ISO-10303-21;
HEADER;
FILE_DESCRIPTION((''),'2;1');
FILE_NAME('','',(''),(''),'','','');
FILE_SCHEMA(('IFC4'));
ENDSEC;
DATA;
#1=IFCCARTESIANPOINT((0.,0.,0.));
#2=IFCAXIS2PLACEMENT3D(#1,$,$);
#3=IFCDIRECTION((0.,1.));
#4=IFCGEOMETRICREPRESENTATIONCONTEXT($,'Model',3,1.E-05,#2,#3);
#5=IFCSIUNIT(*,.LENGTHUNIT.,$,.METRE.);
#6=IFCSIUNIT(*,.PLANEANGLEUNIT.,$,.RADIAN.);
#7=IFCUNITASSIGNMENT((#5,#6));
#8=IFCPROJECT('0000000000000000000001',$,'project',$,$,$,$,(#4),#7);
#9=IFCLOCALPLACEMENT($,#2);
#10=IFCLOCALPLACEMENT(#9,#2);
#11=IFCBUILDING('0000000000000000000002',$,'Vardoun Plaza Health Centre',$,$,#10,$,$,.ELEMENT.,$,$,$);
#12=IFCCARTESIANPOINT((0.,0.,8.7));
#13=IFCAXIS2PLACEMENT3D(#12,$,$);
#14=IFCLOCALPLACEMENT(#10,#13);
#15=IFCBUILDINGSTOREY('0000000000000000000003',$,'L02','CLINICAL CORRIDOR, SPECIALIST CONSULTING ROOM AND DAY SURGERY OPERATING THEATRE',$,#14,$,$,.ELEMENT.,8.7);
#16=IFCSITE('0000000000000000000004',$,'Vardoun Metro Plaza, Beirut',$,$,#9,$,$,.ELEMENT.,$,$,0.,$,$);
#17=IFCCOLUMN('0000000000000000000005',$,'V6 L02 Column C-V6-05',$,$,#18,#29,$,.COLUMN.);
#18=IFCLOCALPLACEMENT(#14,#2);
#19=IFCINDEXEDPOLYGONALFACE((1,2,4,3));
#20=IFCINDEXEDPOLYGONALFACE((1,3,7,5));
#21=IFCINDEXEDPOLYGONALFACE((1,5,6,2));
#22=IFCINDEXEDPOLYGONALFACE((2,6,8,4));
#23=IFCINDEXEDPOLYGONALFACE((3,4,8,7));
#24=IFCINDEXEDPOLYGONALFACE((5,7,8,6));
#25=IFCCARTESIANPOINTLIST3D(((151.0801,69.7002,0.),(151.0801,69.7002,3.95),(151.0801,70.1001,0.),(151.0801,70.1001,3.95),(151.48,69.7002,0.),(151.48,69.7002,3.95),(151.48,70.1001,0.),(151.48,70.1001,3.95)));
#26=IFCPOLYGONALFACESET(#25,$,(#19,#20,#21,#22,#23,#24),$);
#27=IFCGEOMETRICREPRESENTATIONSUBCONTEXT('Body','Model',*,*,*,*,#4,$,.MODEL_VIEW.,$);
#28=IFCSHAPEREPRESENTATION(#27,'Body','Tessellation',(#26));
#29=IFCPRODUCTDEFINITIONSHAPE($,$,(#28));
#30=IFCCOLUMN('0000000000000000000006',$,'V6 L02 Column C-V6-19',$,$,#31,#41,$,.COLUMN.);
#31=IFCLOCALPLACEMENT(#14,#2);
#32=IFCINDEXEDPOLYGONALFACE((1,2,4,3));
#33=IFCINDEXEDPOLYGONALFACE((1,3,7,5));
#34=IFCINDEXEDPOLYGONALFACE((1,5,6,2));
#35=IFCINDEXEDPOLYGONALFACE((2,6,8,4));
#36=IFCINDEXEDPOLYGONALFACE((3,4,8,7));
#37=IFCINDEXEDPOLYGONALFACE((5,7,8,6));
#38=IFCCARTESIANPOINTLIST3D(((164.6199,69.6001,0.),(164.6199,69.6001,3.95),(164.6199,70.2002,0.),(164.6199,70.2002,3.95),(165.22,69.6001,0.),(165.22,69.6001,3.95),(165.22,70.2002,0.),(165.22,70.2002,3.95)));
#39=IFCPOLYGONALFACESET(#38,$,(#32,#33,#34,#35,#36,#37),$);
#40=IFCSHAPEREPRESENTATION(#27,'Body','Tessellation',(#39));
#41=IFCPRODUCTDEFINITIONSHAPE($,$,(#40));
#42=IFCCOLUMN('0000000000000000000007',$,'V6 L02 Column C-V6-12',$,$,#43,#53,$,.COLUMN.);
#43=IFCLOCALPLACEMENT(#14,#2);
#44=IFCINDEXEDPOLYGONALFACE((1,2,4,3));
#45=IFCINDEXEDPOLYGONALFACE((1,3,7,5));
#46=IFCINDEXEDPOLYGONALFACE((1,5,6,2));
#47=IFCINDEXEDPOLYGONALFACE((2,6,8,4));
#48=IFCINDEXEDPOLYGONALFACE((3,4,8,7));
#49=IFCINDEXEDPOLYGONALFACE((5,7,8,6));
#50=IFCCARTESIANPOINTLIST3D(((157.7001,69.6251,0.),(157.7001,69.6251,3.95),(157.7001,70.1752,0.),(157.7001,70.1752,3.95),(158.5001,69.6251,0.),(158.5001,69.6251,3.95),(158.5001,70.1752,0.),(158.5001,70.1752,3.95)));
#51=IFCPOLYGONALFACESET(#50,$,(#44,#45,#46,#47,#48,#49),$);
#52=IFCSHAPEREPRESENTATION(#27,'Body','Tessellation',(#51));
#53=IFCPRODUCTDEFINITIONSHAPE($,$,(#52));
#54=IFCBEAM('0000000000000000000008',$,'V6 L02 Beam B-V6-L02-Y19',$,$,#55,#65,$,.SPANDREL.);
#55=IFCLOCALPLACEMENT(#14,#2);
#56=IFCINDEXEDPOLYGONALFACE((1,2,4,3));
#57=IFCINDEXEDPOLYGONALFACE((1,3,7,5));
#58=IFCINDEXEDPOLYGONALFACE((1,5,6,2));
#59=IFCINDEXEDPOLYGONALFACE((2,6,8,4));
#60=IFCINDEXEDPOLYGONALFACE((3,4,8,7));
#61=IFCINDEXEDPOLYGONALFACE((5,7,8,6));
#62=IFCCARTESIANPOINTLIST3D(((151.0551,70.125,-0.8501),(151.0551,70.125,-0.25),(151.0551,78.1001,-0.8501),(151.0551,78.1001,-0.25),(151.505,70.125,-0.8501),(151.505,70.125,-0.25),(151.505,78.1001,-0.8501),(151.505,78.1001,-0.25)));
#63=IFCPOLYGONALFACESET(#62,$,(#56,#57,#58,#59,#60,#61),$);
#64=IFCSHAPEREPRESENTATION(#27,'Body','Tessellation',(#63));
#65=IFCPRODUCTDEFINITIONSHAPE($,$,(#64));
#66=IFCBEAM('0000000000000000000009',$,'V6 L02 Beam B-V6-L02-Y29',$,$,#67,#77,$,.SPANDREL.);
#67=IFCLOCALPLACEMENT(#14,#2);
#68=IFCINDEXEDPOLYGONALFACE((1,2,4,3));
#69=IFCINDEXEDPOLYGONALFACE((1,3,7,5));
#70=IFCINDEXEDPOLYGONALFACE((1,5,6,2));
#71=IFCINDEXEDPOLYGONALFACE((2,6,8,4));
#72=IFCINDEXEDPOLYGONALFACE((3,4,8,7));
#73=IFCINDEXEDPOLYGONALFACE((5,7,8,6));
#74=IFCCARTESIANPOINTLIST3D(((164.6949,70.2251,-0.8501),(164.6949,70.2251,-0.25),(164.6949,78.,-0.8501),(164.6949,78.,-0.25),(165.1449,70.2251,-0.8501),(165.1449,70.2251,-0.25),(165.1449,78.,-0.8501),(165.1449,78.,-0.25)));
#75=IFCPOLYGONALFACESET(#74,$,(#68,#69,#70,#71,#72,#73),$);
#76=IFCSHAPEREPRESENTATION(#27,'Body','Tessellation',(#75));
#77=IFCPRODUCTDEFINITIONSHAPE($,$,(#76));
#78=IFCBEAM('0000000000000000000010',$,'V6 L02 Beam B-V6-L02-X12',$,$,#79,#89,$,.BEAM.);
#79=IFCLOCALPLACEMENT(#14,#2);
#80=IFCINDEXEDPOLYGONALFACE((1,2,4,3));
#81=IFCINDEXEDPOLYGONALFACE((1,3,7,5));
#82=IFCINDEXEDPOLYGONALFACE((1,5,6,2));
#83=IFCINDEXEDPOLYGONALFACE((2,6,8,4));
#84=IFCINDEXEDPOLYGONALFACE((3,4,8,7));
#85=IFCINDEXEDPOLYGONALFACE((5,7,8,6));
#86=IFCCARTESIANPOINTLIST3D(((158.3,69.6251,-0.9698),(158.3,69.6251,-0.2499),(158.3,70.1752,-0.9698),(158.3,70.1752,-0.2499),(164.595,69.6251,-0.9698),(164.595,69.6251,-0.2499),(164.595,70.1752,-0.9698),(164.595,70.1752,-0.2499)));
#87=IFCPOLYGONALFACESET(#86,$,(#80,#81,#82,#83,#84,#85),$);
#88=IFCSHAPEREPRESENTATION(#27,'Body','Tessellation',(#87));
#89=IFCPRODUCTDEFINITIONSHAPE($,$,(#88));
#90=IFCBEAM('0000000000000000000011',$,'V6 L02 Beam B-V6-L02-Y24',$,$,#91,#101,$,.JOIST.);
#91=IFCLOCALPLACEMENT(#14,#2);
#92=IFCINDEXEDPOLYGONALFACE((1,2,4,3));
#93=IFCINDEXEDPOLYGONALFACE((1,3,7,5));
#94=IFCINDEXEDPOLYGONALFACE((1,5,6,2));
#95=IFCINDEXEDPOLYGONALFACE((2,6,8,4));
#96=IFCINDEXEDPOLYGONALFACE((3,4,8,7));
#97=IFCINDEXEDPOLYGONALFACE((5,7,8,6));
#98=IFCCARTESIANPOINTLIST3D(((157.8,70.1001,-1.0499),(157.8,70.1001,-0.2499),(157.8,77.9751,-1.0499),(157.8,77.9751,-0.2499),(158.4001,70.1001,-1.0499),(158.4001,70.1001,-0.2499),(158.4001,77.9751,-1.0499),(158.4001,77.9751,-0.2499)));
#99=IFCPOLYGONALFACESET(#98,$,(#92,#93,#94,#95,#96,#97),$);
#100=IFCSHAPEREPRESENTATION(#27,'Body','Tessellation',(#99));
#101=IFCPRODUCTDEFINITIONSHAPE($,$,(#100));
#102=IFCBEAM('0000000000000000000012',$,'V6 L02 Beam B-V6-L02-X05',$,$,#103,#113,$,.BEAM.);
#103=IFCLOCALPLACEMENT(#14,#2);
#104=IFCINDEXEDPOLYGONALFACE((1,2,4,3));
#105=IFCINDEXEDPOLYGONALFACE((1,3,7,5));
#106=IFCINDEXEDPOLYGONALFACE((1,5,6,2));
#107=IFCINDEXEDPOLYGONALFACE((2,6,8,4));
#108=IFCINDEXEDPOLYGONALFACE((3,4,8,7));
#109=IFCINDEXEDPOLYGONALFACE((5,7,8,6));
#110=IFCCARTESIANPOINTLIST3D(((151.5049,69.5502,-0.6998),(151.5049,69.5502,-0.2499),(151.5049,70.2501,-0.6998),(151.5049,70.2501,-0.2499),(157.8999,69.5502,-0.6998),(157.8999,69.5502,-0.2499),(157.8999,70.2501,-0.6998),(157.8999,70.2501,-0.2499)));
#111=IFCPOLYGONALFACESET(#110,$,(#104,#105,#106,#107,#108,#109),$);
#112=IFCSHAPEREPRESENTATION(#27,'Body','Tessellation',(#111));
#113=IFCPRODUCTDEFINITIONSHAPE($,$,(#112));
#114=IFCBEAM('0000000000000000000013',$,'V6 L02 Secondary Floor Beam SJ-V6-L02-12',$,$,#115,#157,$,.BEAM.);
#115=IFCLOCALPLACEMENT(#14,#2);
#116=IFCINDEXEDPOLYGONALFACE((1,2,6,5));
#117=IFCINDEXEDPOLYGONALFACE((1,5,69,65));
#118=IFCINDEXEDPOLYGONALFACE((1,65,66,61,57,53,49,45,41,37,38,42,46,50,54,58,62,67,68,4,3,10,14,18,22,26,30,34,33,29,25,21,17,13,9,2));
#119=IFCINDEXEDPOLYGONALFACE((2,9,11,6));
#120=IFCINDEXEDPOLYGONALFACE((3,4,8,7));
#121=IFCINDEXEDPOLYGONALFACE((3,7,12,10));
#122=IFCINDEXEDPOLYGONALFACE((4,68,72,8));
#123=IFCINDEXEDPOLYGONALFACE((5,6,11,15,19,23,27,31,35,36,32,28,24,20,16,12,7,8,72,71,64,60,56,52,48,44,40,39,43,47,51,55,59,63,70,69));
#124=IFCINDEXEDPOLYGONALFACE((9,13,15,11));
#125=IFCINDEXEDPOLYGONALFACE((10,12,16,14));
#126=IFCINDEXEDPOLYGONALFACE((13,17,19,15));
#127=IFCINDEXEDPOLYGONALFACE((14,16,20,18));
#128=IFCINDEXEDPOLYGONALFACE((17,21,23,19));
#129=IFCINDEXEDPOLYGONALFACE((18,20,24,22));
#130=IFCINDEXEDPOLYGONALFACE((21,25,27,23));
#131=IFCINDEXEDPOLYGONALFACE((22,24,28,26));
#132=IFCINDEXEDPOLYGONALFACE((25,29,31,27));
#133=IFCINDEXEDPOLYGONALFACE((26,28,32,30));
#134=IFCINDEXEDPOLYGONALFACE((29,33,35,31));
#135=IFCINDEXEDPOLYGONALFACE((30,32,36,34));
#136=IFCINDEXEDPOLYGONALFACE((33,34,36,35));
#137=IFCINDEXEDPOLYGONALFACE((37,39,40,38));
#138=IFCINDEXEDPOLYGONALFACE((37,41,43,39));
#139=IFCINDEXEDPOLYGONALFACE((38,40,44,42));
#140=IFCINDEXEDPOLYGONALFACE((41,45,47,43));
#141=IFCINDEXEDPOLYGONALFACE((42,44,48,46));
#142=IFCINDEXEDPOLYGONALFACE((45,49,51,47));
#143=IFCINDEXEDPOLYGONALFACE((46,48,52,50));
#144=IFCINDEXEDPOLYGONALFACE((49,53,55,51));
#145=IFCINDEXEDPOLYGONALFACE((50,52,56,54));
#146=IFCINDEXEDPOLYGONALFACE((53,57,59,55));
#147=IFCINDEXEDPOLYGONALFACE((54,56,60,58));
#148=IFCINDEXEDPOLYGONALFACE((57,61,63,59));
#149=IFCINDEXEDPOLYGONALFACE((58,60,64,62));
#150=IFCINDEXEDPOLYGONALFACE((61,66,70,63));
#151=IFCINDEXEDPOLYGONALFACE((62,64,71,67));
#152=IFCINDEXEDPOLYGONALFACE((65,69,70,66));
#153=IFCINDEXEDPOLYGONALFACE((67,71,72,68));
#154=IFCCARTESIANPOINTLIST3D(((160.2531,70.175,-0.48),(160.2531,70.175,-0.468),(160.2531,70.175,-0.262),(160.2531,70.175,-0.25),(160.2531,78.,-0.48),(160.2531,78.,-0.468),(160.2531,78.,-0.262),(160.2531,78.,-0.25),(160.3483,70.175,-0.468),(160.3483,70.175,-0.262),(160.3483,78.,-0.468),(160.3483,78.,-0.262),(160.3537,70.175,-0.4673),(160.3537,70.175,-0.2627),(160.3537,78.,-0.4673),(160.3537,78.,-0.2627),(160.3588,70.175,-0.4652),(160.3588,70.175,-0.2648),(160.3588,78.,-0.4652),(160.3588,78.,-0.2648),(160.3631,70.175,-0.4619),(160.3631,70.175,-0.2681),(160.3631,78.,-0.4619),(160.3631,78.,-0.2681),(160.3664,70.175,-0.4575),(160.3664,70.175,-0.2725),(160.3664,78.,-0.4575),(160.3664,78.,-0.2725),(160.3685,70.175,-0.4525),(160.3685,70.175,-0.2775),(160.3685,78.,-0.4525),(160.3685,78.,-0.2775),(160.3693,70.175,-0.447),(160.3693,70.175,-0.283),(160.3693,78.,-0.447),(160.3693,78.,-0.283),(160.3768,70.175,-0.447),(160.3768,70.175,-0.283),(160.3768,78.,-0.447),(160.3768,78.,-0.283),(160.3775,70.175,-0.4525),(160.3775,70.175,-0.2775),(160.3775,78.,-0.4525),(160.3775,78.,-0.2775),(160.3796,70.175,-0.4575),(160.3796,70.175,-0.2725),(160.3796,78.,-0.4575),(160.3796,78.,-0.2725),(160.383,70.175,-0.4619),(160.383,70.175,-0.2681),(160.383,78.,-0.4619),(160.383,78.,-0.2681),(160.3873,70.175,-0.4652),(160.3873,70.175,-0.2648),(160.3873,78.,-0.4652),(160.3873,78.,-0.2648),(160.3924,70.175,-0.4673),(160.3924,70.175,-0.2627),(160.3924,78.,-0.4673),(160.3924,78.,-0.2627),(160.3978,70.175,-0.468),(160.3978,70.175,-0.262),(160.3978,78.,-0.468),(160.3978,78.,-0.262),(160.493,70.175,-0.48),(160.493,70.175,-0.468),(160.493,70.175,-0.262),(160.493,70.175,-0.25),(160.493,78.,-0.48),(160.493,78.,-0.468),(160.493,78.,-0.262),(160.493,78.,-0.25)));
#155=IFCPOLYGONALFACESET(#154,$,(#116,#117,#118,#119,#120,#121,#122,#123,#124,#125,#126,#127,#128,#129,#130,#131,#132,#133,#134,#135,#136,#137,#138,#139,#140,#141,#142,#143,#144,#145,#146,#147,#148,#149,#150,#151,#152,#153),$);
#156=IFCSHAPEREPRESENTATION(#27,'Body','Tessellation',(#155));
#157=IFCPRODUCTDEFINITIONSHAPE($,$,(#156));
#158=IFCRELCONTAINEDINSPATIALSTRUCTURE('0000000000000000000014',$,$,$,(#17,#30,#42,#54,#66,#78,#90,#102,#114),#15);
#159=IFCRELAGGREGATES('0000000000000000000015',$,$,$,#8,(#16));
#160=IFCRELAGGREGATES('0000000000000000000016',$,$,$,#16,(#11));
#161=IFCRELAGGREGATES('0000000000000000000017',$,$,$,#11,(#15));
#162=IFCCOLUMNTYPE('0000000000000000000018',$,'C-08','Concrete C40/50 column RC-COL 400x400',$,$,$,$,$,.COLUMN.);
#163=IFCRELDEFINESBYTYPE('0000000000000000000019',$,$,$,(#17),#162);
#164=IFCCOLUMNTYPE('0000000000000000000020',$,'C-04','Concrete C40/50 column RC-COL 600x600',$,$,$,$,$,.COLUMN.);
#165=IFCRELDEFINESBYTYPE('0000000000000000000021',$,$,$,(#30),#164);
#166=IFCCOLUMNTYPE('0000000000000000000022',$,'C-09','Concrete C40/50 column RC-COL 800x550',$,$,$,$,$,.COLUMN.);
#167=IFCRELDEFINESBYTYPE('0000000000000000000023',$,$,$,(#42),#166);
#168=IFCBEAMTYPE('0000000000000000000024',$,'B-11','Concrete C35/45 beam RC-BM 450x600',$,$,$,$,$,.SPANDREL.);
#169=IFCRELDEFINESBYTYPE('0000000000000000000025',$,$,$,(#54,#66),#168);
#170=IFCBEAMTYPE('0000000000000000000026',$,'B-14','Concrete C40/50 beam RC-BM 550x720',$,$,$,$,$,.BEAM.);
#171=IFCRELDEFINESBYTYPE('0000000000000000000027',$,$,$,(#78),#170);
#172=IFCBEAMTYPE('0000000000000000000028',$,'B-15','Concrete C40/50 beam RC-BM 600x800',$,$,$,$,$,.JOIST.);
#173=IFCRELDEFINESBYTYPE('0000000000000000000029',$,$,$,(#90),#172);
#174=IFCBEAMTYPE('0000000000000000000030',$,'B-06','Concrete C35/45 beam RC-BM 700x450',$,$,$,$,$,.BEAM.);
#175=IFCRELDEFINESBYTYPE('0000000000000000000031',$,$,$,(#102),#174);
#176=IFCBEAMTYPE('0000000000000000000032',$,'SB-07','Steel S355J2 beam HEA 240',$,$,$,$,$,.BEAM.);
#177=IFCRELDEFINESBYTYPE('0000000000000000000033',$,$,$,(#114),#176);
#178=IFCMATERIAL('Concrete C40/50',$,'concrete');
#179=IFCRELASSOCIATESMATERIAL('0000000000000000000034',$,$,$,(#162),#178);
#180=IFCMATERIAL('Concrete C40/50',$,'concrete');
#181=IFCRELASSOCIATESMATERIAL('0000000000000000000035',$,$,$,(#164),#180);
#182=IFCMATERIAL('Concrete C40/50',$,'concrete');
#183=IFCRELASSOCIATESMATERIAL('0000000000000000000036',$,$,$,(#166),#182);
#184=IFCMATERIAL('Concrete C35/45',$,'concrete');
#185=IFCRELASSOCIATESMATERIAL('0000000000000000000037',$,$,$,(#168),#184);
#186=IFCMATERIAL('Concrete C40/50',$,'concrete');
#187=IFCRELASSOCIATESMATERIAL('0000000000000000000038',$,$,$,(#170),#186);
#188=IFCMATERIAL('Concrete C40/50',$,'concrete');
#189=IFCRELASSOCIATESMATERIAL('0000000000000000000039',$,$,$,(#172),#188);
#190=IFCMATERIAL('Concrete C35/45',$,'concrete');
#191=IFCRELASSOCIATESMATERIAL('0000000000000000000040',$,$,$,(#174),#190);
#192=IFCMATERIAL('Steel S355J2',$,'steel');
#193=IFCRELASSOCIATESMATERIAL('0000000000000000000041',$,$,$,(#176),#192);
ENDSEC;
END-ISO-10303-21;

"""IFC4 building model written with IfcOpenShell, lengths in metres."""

from ifc_helpers import new_model, si_unit, direction, frame, origin, origin_2d, place, context, subcontext, project, spatial, rectangle, i_section, extrude, material, material_profile, profile_set, type_object, element, save


model = new_model("IFC4")

# Units and contexts
model_context = context("Model", 3, precision=1e-05, world=origin(), true_north=direction((0.0, 1.0)))
body_context = subcontext(model_context, "Body", "Model", "MODEL_VIEW")
ifc_project = project(units=[si_unit("LENGTHUNIT", "METRE"), si_unit("PLANEANGLEUNIT", "RADIAN")], contexts=[model_context])

# Site, building, storey
site_placement = place(None, origin())
site = spatial("IfcSite", under=ifc_project, at=site_placement, Name="Vardoun Metro Plaza, Beirut", CompositionType="ELEMENT", RefElevation=0.0)
building_placement = place(site_placement, origin())
building = spatial("IfcBuilding", under=site, at=building_placement, Name="Vardoun Plaza Health Centre", CompositionType="ELEMENT")
storey_placement = place(building_placement, frame((0.0, 0.0, 8.7)))
storey = spatial("IfcBuildingStorey", under=building, at=storey_placement, Name="L02", Description="CLINICAL CORRIDOR, SPECIALIST CONSULTING ROOM AND DAY SURGERY OPERATING THEATRE", CompositionType="ELEMENT", Elevation=8.7)

# Columns
ifc_material_1 = material(Name="Concrete C40/50", Category="concrete")
ifc_material_profile_1 = material_profile(ifc_material_1, rectangle(XDim=0.3999, YDim=0.3999, at=origin_2d()), Name="RC-COL 400x400")
ifc_profile_set_1 = profile_set([ifc_material_profile_1], Name="Concrete C40/50")
column_type_1 = type_object("IfcColumnType", Name="C-08", Description="Concrete C40/50 column RC-COL 400x400", PredefinedType="COLUMN", material=ifc_profile_set_1)
column_1_placement = place(storey_placement, frame((151.28, 69.9001, 0.0), z_axis=(0.0, 0.0, 1.0), x_axis=(1.0, 0.0, 0.0)))
element("IfcColumn", 1, at=column_1_placement, inside=storey, type_object=column_type_1, Name="V6 L02 Column C-V6-05", PredefinedType="COLUMN", context=body_context, shape_type="SweptSolid", body=[
    extrude(rectangle(XDim=0.3999, YDim=0.3999, at=origin_2d()), origin(), (0.0, 0.0, 1.0), 3.95),
])
ifc_material_2 = material(Name="Concrete C40/50", Category="concrete")
ifc_material_profile_2 = material_profile(ifc_material_2, rectangle(XDim=0.6001, YDim=0.6001, at=origin_2d()), Name="RC-COL 600x600")
ifc_profile_set_2 = profile_set([ifc_material_profile_2], Name="Concrete C40/50")
column_type_2 = type_object("IfcColumnType", Name="C-04", Description="Concrete C40/50 column RC-COL 600x600", PredefinedType="COLUMN", material=ifc_profile_set_2)
column_2_placement = place(storey_placement, frame((164.9199, 69.9001, 0.0), z_axis=(0.0, 0.0, 1.0), x_axis=(1.0, 0.0, 0.0)))
element("IfcColumn", 2, at=column_2_placement, inside=storey, type_object=column_type_2, Name="V6 L02 Column C-V6-19", PredefinedType="COLUMN", context=body_context, shape_type="SweptSolid", body=[
    extrude(rectangle(XDim=0.6001, YDim=0.6001, at=origin_2d()), origin(), (0.0, 0.0, 1.0), 3.95),
])
ifc_material_3 = material(Name="Concrete C40/50", Category="concrete")
ifc_material_profile_3 = material_profile(ifc_material_3, rectangle(XDim=0.8, YDim=0.55, at=origin_2d()), Name="RC-COL 800x550")
ifc_profile_set_3 = profile_set([ifc_material_profile_3], Name="Concrete C40/50")
column_type_3 = type_object("IfcColumnType", Name="C-09", Description="Concrete C40/50 column RC-COL 800x550", PredefinedType="COLUMN", material=ifc_profile_set_3)
column_3_placement = place(storey_placement, frame((158.1001, 69.9001, 0.0), z_axis=(0.0, 0.0, 1.0), x_axis=(1.0, 0.0, 0.0)))
element("IfcColumn", 3, at=column_3_placement, inside=storey, type_object=column_type_3, Name="V6 L02 Column C-V6-12", PredefinedType="COLUMN", context=body_context, shape_type="SweptSolid", body=[
    extrude(rectangle(XDim=0.8, YDim=0.55, at=origin_2d()), origin(), (0.0, 0.0, 1.0), 3.95),
])

# Beams
ifc_material_4 = material(Name="Concrete C35/45", Category="concrete")
ifc_material_profile_4 = material_profile(ifc_material_4, rectangle(XDim=0.45, YDim=0.6001, at=origin_2d()), Name="RC-BM 450x600")
ifc_profile_set_4 = profile_set([ifc_material_profile_4], Name="Concrete C35/45")
beam_type_1 = type_object("IfcBeamType", Name="B-11", Description="Concrete C35/45 beam RC-BM 450x600", PredefinedType="SPANDREL", material=ifc_profile_set_4)
beam_1_placement = place(storey_placement, frame((151.28, 70.125, -0.55), z_axis=(0.0, 1.0, 0.0), x_axis=(-1.0, 0.0, 0.0)))
element("IfcBeam", 4, at=beam_1_placement, inside=storey, type_object=beam_type_1, Name="V6 L02 Beam B-V6-L02-Y19", PredefinedType="SPANDREL", context=body_context, shape_type="SweptSolid", body=[
    extrude(rectangle(XDim=0.45, YDim=0.6001, at=origin_2d()), origin(), (0.0, 0.0, 1.0), 7.9751),
])
beam_2_placement = place(storey_placement, frame((164.9199, 70.2251, -0.55), z_axis=(0.0, 1.0, 0.0), x_axis=(-1.0, 0.0, 0.0)))
element("IfcBeam", 5, at=beam_2_placement, inside=storey, type_object=beam_type_1, Name="V6 L02 Beam B-V6-L02-Y29", PredefinedType="SPANDREL", context=body_context, shape_type="SweptSolid", body=[
    extrude(rectangle(XDim=0.45, YDim=0.6001, at=origin_2d()), origin(), (0.0, 0.0, 1.0), 7.7749),
])
ifc_material_5 = material(Name="Concrete C40/50", Category="concrete")
ifc_material_profile_5 = material_profile(ifc_material_5, rectangle(XDim=0.55, YDim=0.72, at=origin_2d()), Name="RC-BM 550x720")
ifc_profile_set_5 = profile_set([ifc_material_profile_5], Name="Concrete C40/50")
beam_type_2 = type_object("IfcBeamType", Name="B-14", Description="Concrete C40/50 beam RC-BM 550x720", PredefinedType="BEAM", material=ifc_profile_set_5)
beam_3_placement = place(storey_placement, frame((158.3, 69.9001, -0.6099), z_axis=(1.0, 0.0, 0.0), x_axis=(0.0, 1.0, 0.0)))
element("IfcBeam", 6, at=beam_3_placement, inside=storey, type_object=beam_type_2, Name="V6 L02 Beam B-V6-L02-X12", PredefinedType="BEAM", context=body_context, shape_type="SweptSolid", body=[
    extrude(rectangle(XDim=0.55, YDim=0.72, at=origin_2d()), origin(), (0.0, 0.0, 1.0), 6.2949),
])
ifc_material_6 = material(Name="Concrete C40/50", Category="concrete")
ifc_material_profile_6 = material_profile(ifc_material_6, rectangle(XDim=0.6001, YDim=0.8, at=origin_2d()), Name="RC-BM 600x800")
ifc_profile_set_6 = profile_set([ifc_material_profile_6], Name="Concrete C40/50")
beam_type_3 = type_object("IfcBeamType", Name="B-15", Description="Concrete C40/50 beam RC-BM 600x800", PredefinedType="JOIST", material=ifc_profile_set_6)
beam_4_placement = place(storey_placement, frame((158.1001, 70.1001, -0.6499), z_axis=(0.0, 1.0, 0.0), x_axis=(-1.0, 0.0, 0.0)))
element("IfcBeam", 7, at=beam_4_placement, inside=storey, type_object=beam_type_3, Name="V6 L02 Beam B-V6-L02-Y24", PredefinedType="JOIST", context=body_context, shape_type="SweptSolid", body=[
    extrude(rectangle(XDim=0.6001, YDim=0.8, at=origin_2d()), origin(), (0.0, 0.0, 1.0), 7.875),
])
ifc_material_7 = material(Name="Concrete C35/45", Category="concrete")
ifc_material_profile_7 = material_profile(ifc_material_7, rectangle(XDim=0.7, YDim=0.45, at=origin_2d()), Name="RC-BM 700x450")
ifc_profile_set_7 = profile_set([ifc_material_profile_7], Name="Concrete C35/45")
beam_type_4 = type_object("IfcBeamType", Name="B-06", Description="Concrete C35/45 beam RC-BM 700x450", PredefinedType="BEAM", material=ifc_profile_set_7)
beam_5_placement = place(storey_placement, frame((151.5049, 69.9001, -0.4749), z_axis=(1.0, 0.0, 0.0), x_axis=(0.0, 1.0, 0.0)))
element("IfcBeam", 8, at=beam_5_placement, inside=storey, type_object=beam_type_4, Name="V6 L02 Beam B-V6-L02-X05", PredefinedType="BEAM", context=body_context, shape_type="SweptSolid", body=[
    extrude(rectangle(XDim=0.7, YDim=0.45, at=origin_2d()), origin(), (0.0, 0.0, 1.0), 6.395),
])
ifc_material_8 = material(Name="Steel S355J2", Category="steel")
ifc_material_profile_8 = material_profile(ifc_material_8, i_section(OverallWidth=0.24, OverallDepth=0.23, WebThickness=0.0076, FlangeThickness=0.012, FilletRadius=0.021, at=origin_2d()), Name="HEA 240")
ifc_profile_set_8 = profile_set([ifc_material_profile_8], Name="Steel S355J2")
beam_type_5 = type_object("IfcBeamType", Name="SB-07", Description="Steel S355J2 beam HEA 240", PredefinedType="BEAM", material=ifc_profile_set_8)
beam_6_placement = place(storey_placement, frame((160.373, 70.175, -0.365), z_axis=(0.0, 1.0, 0.0), x_axis=(-1.0, 0.0, 0.0)))
element("IfcBeam", 9, at=beam_6_placement, inside=storey, type_object=beam_type_5, Name="V6 L02 Secondary Floor Beam SJ-V6-L02-12", PredefinedType="BEAM", context=body_context, shape_type="SweptSolid", body=[
    extrude(i_section(OverallWidth=0.24, OverallDepth=0.23, WebThickness=0.0076, FlangeThickness=0.012, FilletRadius=0.021, at=origin_2d()), origin(), (0.0, 0.0, 1.0), 7.825),
])

save(model, "model.ifc")
